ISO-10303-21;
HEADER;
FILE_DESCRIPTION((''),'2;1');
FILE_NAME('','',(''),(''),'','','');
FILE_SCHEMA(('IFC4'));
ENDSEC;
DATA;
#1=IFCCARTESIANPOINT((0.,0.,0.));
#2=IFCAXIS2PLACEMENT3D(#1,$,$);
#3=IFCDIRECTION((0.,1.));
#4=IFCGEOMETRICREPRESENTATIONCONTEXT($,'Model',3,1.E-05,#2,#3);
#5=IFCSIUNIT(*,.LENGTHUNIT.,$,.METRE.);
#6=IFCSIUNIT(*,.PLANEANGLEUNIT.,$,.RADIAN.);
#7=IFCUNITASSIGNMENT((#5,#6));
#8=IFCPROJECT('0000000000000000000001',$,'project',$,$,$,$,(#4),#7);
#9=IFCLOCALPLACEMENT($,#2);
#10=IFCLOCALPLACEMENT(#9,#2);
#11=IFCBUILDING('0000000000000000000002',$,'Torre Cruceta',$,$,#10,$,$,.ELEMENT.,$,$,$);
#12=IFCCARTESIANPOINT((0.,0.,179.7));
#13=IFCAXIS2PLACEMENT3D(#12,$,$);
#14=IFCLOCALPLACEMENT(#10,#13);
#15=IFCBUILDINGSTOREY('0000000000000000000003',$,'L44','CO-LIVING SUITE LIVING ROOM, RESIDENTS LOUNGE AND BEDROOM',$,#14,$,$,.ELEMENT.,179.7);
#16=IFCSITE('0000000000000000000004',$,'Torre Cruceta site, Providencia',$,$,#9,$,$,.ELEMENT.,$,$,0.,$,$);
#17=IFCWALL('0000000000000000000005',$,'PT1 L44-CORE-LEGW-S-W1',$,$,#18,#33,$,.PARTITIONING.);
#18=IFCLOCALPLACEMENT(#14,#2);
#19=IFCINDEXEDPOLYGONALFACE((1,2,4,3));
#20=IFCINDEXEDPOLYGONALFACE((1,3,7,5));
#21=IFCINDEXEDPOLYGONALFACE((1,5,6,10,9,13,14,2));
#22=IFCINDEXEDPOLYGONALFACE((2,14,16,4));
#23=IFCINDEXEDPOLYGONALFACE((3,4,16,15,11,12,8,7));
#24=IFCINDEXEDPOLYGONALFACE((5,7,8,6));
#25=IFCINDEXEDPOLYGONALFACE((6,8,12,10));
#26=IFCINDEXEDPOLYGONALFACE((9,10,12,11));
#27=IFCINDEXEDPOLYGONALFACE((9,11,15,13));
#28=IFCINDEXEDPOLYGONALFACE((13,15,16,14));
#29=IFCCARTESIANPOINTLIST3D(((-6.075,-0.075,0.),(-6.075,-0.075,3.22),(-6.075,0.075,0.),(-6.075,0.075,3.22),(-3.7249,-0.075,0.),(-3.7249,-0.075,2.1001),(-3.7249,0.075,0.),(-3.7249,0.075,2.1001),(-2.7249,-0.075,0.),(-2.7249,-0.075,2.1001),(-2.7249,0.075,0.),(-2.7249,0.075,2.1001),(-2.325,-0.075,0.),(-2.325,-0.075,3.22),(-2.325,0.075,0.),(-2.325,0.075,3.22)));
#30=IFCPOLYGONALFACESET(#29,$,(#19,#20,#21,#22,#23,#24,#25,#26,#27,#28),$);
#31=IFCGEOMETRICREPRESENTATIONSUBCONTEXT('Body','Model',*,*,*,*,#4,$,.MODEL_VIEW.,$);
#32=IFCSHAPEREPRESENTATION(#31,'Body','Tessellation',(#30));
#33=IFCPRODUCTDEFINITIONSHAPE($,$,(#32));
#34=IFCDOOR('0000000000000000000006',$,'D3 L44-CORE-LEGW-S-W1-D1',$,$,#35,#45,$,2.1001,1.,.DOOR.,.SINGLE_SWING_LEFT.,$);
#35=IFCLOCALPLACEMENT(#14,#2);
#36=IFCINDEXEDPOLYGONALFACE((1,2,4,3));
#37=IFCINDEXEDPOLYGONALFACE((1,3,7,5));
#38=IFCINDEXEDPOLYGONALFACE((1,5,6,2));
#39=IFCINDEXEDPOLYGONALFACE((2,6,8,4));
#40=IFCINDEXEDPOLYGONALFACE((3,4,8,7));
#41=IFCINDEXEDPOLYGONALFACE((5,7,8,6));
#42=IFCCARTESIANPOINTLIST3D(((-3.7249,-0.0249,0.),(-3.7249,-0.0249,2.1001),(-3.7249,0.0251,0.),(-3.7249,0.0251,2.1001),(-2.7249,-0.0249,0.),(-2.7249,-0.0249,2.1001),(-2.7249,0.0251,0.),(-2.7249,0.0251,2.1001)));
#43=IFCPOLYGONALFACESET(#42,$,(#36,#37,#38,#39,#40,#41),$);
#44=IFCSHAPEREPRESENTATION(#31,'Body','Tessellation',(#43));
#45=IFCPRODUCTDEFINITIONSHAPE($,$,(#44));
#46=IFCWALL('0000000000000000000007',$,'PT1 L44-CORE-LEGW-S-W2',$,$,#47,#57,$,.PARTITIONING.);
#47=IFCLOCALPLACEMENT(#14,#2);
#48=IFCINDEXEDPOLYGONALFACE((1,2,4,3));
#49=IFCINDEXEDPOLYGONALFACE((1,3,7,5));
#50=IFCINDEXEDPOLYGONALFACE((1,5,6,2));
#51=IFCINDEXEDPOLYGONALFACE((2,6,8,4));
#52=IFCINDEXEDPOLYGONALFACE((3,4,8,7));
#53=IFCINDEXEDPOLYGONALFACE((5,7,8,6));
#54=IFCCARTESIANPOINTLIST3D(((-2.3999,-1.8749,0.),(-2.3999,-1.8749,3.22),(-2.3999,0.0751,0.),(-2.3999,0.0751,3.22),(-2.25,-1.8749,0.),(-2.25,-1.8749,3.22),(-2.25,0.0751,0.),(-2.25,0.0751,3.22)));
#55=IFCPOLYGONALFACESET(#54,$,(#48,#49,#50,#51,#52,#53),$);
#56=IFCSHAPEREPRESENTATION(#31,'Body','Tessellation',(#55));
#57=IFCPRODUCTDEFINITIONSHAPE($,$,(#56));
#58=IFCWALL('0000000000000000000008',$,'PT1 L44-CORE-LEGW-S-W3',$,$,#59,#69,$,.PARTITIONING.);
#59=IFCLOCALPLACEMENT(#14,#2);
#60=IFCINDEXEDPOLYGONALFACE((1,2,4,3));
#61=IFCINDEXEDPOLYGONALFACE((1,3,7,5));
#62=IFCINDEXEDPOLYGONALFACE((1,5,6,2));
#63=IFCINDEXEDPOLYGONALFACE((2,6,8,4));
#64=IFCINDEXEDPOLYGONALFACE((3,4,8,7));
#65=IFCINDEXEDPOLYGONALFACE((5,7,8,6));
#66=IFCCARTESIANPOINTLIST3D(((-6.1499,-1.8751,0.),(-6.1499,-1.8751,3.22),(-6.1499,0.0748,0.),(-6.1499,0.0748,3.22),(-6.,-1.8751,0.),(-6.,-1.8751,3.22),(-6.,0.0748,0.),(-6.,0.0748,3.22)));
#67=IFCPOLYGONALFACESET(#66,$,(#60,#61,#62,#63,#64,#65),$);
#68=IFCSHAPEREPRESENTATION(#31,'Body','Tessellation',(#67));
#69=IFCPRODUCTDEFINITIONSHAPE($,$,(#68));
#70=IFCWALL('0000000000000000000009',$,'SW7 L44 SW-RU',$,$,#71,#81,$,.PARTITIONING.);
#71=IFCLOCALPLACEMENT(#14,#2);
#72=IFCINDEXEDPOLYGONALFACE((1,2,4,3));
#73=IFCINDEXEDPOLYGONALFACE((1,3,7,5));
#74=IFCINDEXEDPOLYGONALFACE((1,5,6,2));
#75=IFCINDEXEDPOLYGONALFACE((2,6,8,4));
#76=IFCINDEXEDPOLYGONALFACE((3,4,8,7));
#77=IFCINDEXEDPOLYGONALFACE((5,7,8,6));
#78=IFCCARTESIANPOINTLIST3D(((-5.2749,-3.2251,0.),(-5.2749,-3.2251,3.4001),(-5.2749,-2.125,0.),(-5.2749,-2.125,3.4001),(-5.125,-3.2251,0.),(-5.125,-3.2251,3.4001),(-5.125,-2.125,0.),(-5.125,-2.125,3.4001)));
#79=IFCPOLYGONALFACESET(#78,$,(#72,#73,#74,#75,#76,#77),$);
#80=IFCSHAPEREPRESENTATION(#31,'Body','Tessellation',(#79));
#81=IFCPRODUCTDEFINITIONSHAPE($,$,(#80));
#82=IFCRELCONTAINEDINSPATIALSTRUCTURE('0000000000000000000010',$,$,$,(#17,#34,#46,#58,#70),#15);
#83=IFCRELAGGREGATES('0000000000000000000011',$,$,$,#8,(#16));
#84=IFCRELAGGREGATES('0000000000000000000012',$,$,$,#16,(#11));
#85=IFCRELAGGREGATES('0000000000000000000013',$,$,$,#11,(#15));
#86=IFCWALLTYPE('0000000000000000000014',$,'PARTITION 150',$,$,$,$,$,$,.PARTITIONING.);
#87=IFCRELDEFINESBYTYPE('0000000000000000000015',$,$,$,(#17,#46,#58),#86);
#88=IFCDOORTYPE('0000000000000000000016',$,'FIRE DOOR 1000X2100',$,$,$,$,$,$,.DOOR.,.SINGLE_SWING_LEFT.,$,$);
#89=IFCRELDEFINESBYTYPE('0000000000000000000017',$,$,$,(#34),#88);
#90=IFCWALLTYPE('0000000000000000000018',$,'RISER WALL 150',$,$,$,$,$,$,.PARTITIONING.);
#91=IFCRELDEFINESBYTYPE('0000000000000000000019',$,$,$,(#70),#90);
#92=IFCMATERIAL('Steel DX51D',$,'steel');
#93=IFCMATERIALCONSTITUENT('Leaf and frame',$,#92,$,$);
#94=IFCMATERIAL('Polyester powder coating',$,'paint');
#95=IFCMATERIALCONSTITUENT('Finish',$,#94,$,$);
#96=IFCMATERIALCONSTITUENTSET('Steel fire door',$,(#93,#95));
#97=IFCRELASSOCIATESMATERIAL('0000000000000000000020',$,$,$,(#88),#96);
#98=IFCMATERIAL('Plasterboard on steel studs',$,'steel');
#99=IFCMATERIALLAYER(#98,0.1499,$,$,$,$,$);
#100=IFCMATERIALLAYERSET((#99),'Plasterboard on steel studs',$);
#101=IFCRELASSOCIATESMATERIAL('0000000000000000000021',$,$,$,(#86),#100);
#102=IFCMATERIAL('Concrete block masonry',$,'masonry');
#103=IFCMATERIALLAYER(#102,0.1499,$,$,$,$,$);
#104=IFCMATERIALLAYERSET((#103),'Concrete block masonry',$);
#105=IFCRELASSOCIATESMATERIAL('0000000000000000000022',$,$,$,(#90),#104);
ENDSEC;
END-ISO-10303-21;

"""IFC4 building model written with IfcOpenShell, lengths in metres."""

from ifc_helpers import new_model, si_unit, direction, frame, frame_2d, origin, place, context, subcontext, project, spatial, rectangle, extrude, material, layer, layer_set, constituent, constituent_set, type_object, element, fill, save


model = new_model("IFC4")

# Units and contexts
model_context = context("Model", 3, precision=1e-05, world=origin(), true_north=direction((0.0, 1.0)))
body_context = subcontext(model_context, "Body", "Model", "MODEL_VIEW")
ifc_project = project(units=[si_unit("LENGTHUNIT", "METRE"), si_unit("PLANEANGLEUNIT", "RADIAN")], contexts=[model_context])

# Site, building, storey
site_placement = place(None, origin())
site = spatial("IfcSite", under=ifc_project, at=site_placement, Name="Torre Cruceta site, Providencia", CompositionType="ELEMENT", RefElevation=0.0)
building_placement = place(site_placement, origin())
building = spatial("IfcBuilding", under=site, at=building_placement, Name="Torre Cruceta", CompositionType="ELEMENT")
storey_placement = place(building_placement, frame((0.0, 0.0, 179.7)))
storey = spatial("IfcBuildingStorey", under=building, at=storey_placement, Name="L44", Description="CO-LIVING SUITE LIVING ROOM, RESIDENTS LOUNGE AND BEDROOM", CompositionType="ELEMENT", Elevation=179.7)

# Shared definitions
ifc_material_1 = material(Name="Steel DX51D", Category="steel")
ifc_constituent_1 = constituent(ifc_material_1, Name="Leaf and frame")
ifc_material_2 = material(Name="Polyester powder coating", Category="paint")
ifc_constituent_2 = constituent(ifc_material_2, Name="Finish")
ifc_constituent_set_1 = constituent_set(constituents=[ifc_constituent_1, ifc_constituent_2], Name="Steel fire door")
door_type_1 = type_object("IfcDoorType", Name="FIRE DOOR 1000X2100", OperationType="SINGLE_SWING_LEFT", PredefinedType="DOOR", material=ifc_constituent_set_1)

# Wall, opening, door
ifc_material_3 = material(Name="Plasterboard on steel studs", Category="steel")
ifc_layer_1 = layer(ifc_material_3, 0.1499)
ifc_layer_set_1 = layer_set([ifc_layer_1], Name="Plasterboard on steel studs")
wall_type_1 = type_object("IfcWallType", Name="PARTITION 150", PredefinedType="PARTITIONING", material=ifc_layer_set_1)
wall_1_placement = place(storey_placement, frame((-2.325, 0.0, 0.0), z_axis=(0.0, 0.0, 1.0), x_axis=(-1.0, 0.0, 0.0)))
wall_1 = element("IfcWall", 1, at=wall_1_placement, inside=storey, type_object=wall_type_1, Name="PT1 L44-CORE-LEGW-S-W1", PredefinedType="PARTITIONING", context=body_context, shape_type="SweptSolid", body=[
    extrude(rectangle(XDim=3.75, YDim=0.1499, at=frame_2d((1.875, 0.0))), origin(), (0.0, 0.0, 1.0), 3.22),
])
opening_1_placement = place(wall_1_placement, frame((0.3999, 0.0, 0.0)))
opening_1 = element("IfcOpeningElement", 2, at=opening_1_placement, cuts=wall_1, PredefinedType="OPENING", context=body_context, shape_type="SweptSolid", body=[
    extrude(rectangle(XDim=1.0, YDim=2.1001, at=frame_2d((0.5, 1.05))), frame((0.0, 0.085, 0.0), z_axis=(0.0, -1.0, 0.0), x_axis=(1.0, 0.0, 0.0)), (0.0, 0.0, 1.0), 0.1699),
])
door_1_placement = place(opening_1_placement, origin())
door_1 = element("IfcDoor", 3, at=door_1_placement, inside=storey, type_object=door_type_1, Name="D3 L44-CORE-LEGW-S-W1-D1", OperationType="SINGLE_SWING_LEFT", OverallHeight=2.1001, OverallWidth=1.0, PredefinedType="DOOR", context=body_context, shape_type="SweptSolid", body=[
    extrude(rectangle(XDim=1.0, YDim=2.1001, at=frame_2d((0.5, 1.05))), frame((0.0, 0.0249, 0.0), z_axis=(0.0, -1.0, 0.0), x_axis=(1.0, 0.0, 0.0)), (0.0, 0.0, 1.0), 0.05),
])
fill(opening_1, door_1)

# Walls
for number, where, z_axis, x_axis, name in (
    (4, (-2.325, -1.875, 0.0), (0.0, 0.0, 1.0), (0.0, 1.0, 0.0), "PT1 L44-CORE-LEGW-S-W2"),
    (5, (-6.075, 0.075, 0.0), (0.0, 0.0, 1.0), (0.0, -1.0, 0.0), "PT1 L44-CORE-LEGW-S-W3"),
):
    element("IfcWall", number, at=place(storey_placement, frame(where, z_axis=z_axis, x_axis=x_axis)), inside=storey, type_object=wall_type_1, Name=name, PredefinedType="PARTITIONING", context=body_context, shape_type="SweptSolid", body=[
        extrude(rectangle(XDim=1.95, YDim=0.1499, at=frame_2d((0.9751, 0.0))), origin(), (0.0, 0.0, 1.0), 3.22),
    ])
ifc_material_4 = material(Name="Concrete block masonry", Category="masonry")
ifc_layer_2 = layer(ifc_material_4, 0.1499)
ifc_layer_set_2 = layer_set([ifc_layer_2], Name="Concrete block masonry")
wall_type_2 = type_object("IfcWallType", Name="RISER WALL 150", PredefinedType="PARTITIONING", material=ifc_layer_set_2)
wall_2_placement = place(storey_placement, frame((-5.2, -2.125, 0.0), z_axis=(0.0, 0.0, 1.0), x_axis=(0.0, -1.0, 0.0)))
element("IfcWall", 6, at=wall_2_placement, inside=storey, type_object=wall_type_2, Name="SW7 L44 SW-RU", PredefinedType="PARTITIONING", context=body_context, shape_type="SweptSolid", body=[
    extrude(rectangle(XDim=1.1001, YDim=0.1499, at=frame_2d((0.55, 0.0))), origin(), (0.0, 0.0, 1.0), 3.4001),
])

save(model, "model.ifc")
